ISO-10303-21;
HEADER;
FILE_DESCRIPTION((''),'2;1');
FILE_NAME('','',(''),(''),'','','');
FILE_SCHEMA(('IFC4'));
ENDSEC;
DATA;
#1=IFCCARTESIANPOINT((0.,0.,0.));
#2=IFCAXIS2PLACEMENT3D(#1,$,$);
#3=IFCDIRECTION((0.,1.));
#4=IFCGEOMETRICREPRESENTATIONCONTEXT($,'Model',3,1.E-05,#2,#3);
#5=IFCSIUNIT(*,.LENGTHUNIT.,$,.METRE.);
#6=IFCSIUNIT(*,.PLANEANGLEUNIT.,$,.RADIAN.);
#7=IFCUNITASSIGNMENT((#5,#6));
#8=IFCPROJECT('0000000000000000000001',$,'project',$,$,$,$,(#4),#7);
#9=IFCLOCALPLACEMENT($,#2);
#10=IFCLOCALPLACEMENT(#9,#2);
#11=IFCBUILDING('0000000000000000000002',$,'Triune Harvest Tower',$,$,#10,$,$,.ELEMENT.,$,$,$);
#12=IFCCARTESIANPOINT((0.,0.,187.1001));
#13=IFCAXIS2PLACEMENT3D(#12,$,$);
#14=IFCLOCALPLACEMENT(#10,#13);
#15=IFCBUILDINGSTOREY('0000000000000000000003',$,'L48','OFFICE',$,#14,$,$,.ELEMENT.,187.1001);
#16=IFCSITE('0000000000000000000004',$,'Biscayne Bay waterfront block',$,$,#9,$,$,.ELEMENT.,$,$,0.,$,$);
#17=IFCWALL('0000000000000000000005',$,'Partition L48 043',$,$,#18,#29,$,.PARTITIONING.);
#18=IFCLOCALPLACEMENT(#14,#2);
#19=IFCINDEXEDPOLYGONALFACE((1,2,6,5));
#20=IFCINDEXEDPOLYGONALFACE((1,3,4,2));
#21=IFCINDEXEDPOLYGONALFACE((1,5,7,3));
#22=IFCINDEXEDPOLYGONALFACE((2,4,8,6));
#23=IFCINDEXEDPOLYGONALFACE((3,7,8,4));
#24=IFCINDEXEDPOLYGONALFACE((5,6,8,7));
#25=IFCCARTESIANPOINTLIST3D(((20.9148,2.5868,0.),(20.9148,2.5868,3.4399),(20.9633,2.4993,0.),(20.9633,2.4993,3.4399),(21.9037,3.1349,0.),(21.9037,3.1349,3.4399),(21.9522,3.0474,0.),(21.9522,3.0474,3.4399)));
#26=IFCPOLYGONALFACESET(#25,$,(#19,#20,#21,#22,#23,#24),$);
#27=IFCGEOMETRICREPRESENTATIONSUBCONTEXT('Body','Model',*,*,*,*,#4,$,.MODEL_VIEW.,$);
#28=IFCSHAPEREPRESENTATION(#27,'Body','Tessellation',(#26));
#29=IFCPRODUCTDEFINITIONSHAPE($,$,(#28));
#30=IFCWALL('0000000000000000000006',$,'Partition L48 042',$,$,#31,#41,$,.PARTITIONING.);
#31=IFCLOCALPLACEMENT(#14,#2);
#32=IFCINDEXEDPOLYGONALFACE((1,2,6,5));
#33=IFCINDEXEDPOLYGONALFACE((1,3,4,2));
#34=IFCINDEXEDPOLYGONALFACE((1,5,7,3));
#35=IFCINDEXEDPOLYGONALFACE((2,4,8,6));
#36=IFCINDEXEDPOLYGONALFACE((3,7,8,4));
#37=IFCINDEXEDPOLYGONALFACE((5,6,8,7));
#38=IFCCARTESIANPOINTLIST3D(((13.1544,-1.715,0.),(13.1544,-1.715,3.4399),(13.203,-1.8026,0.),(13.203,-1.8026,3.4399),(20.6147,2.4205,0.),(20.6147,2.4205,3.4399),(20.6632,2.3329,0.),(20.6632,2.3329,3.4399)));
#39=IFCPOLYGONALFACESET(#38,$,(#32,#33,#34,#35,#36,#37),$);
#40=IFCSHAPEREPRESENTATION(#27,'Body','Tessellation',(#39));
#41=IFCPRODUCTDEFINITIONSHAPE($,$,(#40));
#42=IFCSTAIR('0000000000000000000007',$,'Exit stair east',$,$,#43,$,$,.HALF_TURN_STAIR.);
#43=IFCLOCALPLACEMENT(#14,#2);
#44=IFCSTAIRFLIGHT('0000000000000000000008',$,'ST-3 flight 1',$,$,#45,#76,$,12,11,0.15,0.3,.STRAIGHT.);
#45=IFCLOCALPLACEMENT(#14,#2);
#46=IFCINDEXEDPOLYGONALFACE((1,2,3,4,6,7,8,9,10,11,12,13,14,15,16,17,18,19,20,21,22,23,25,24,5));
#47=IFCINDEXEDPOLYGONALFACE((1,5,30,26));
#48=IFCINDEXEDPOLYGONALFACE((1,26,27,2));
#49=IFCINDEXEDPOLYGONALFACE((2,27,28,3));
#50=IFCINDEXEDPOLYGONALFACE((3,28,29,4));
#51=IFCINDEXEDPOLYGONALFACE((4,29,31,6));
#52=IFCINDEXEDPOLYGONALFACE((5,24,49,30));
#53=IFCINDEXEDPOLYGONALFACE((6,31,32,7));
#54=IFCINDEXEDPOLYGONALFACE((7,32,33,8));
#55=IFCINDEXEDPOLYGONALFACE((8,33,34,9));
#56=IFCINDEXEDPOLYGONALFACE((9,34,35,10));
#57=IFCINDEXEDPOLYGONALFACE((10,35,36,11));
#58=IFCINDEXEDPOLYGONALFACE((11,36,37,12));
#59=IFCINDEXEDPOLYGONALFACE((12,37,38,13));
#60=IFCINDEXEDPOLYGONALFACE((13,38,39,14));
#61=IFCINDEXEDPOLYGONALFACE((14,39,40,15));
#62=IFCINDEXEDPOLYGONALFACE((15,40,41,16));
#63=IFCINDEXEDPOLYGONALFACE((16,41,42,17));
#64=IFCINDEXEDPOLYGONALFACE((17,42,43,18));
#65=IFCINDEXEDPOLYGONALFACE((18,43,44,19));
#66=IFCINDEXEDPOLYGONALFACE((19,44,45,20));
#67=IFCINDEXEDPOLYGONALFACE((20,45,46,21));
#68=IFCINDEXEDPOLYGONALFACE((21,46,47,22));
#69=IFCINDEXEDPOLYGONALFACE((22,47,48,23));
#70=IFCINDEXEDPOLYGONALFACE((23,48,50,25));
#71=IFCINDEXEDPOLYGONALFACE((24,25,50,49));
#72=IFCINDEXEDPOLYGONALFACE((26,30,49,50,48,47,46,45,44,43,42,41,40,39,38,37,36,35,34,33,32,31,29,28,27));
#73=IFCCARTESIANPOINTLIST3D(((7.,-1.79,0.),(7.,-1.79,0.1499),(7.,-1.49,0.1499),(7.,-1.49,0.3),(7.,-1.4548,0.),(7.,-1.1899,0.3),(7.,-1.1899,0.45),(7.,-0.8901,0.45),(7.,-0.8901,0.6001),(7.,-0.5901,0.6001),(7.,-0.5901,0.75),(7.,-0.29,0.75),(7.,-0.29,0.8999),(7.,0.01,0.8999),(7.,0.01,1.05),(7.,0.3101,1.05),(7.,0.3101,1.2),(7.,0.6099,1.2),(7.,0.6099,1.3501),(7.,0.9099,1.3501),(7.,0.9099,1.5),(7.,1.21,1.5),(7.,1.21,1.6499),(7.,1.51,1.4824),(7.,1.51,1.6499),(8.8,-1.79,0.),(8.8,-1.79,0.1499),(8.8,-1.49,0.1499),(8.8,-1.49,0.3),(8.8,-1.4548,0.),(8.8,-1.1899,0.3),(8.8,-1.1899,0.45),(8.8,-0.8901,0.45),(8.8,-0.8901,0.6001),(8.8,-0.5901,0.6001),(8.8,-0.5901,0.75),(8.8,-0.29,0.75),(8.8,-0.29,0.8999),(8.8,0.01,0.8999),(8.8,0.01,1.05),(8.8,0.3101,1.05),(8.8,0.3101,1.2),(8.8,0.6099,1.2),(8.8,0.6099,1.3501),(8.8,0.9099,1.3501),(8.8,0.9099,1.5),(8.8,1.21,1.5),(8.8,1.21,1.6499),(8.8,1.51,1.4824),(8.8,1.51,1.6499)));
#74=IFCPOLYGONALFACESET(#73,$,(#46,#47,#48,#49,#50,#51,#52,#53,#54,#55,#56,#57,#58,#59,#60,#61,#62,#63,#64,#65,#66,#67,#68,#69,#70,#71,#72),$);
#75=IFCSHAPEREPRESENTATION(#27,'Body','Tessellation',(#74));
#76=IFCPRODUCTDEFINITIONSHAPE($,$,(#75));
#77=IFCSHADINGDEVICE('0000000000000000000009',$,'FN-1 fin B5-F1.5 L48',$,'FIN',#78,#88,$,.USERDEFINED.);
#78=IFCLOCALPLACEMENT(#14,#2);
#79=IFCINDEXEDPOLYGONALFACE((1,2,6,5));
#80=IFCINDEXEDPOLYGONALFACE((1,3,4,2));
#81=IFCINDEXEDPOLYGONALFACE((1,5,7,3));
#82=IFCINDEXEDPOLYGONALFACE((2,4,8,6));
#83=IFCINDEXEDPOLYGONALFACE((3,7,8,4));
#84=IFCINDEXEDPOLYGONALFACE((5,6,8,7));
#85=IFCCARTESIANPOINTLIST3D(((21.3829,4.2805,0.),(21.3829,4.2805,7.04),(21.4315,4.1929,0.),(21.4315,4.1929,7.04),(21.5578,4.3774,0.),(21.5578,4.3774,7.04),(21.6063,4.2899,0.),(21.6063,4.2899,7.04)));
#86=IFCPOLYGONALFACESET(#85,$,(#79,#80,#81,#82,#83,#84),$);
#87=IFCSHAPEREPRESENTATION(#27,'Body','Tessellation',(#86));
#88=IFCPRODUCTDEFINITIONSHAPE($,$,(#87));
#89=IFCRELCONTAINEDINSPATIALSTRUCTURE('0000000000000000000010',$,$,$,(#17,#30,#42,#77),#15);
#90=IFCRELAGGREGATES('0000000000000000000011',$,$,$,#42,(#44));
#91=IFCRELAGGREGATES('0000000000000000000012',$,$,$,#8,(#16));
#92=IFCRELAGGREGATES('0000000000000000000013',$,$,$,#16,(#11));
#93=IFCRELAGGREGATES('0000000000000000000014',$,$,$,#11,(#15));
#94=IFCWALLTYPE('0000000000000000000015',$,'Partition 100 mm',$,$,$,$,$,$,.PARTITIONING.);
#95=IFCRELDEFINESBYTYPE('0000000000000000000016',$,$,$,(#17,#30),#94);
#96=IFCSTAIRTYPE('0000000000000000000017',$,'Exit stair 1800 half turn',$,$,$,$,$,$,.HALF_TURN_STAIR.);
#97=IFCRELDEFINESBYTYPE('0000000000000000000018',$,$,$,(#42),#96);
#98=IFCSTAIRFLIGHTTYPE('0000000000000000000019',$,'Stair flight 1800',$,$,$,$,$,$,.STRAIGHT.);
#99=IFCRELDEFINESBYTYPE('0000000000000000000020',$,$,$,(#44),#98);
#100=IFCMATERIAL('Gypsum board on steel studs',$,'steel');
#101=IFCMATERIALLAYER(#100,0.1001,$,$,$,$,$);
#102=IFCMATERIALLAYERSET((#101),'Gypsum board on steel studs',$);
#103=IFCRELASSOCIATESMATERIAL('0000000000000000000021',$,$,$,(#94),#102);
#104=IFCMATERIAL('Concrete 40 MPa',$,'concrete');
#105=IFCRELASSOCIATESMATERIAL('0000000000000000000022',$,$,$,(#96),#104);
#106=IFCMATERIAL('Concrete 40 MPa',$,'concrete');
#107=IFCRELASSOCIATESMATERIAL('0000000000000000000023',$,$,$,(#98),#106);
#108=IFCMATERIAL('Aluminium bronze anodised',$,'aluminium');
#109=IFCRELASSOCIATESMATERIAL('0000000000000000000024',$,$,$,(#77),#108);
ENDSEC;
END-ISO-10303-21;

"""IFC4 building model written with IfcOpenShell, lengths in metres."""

from ifc_helpers import new_model, si_unit, direction, frame, frame_2d, origin, origin_2d, place, context, subcontext, project, spatial, polyline, rectangle, outline, extrude, source, transform, mapped, material, layer, layer_set, type_object, element, aggregate, save


model = new_model("IFC4")

# Units and contexts
model_context = context("Model", 3, precision=1e-05, world=origin(), true_north=direction((0.0, 1.0)))
body_context = subcontext(model_context, "Body", "Model", "MODEL_VIEW")
ifc_project = project(units=[si_unit("LENGTHUNIT", "METRE"), si_unit("PLANEANGLEUNIT", "RADIAN")], contexts=[model_context])

# Site, building, storey
site_placement = place(None, origin())
site = spatial("IfcSite", under=ifc_project, at=site_placement, Name="Biscayne Bay waterfront block", CompositionType="ELEMENT", RefElevation=0.0)
building_placement = place(site_placement, origin())
building = spatial("IfcBuilding", under=site, at=building_placement, Name="Triune Harvest Tower", CompositionType="ELEMENT")
storey_placement = place(building_placement, frame((0.0, 0.0, 187.1001)))
storey = spatial("IfcBuildingStorey", under=building, at=storey_placement, Name="L48", Description="OFFICE", CompositionType="ELEMENT", Elevation=187.1001)

# Walls
ifc_material_1 = material(Name="Gypsum board on steel studs", Category="steel")
ifc_layer_1 = layer(ifc_material_1, 0.1001)
ifc_layer_set_1 = layer_set([ifc_layer_1], Name="Gypsum board on steel studs")
wall_type_1 = type_object("IfcWallType", Name="Partition 100 mm", PredefinedType="PARTITIONING", material=ifc_layer_set_1)
shared_shape_1 = source(origin(), body_context, "Body", "SweptSolid", [
    extrude(rectangle(XDim=1.1306, YDim=0.1001, at=frame_2d((0.5654, 0.0))), origin(), (0.0, 0.0, 1.0), 3.4399),
])
wall_1_placement = place(storey_placement, frame((20.939, 2.543, 0.0), z_axis=(0.0, 0.0, 1.0), x_axis=(0.874615, 0.484818, 0.0)))
element("IfcWall", 1, at=wall_1_placement, inside=storey, type_object=wall_type_1, Name="Partition L48 043", PredefinedType="PARTITIONING", context=body_context, shape_type="MappedRepresentation", body=[
    mapped(shared_shape_1, transform((0.0, 0.0, 0.0), scale=1.0)),
])
shared_shape_2 = source(origin(), body_context, "Body", "SweptSolid", [
    extrude(rectangle(XDim=8.5298, YDim=0.1001, at=frame_2d((4.2649, 0.0))), origin(), (0.0, 0.0, 1.0), 3.4399),
])
wall_2_placement = place(storey_placement, frame((13.1787, -1.7588, 0.0), z_axis=(0.0, 0.0, 1.0), x_axis=(0.874608, 0.484831, 0.0)))
element("IfcWall", 2, at=wall_2_placement, inside=storey, type_object=wall_type_1, Name="Partition L48 042", PredefinedType="PARTITIONING", context=body_context, shape_type="MappedRepresentation", body=[
    mapped(shared_shape_2, transform((0.0, 0.0, 0.0), scale=1.0)),
])

# Stair, stair flight
ifc_material_2 = material(Name="Concrete 40 MPa", Category="concrete")
stair_type = type_object("IfcStairType", Name="Exit stair 1800 half turn", PredefinedType="HALF_TURN_STAIR", material=ifc_material_2)
stair_placement = place(storey_placement, origin())
stair = element("IfcStair", 3, at=stair_placement, inside=storey, type_object=stair_type, Name="Exit stair east", PredefinedType="HALF_TURN_STAIR")
ifc_material_3 = material(Name="Concrete 40 MPa", Category="concrete")
stair_flight_type = type_object("IfcStairFlightType", Name="Stair flight 1800", PredefinedType="STRAIGHT", material=ifc_material_3)
shared_shape_3 = source(origin(), body_context, "Body", "SweptSolid", [
    extrude(outline(polyline([(0.0, 0.0), (0.0, 0.1499), (0.3, 0.1499), (0.3, 0.3), (0.6001, 0.3), (0.6001, 0.45), (0.8999, 0.45), (0.8999, 0.6001), (1.2, 0.6001), (1.2, 0.75), (1.5, 0.75), (1.5, 0.8999), (1.8, 0.8999), (1.8, 1.05), (2.1001, 1.05), (2.1001, 1.2), (2.3999, 1.2), (2.3999, 1.3501), (2.7, 1.3501), (2.7, 1.5), (3.0, 1.5), (3.0, 1.6499), (3.3, 1.6499), (3.3, 1.8), (3.3, 1.4824), (0.3352, 0.0), (0.0, 0.0)])), frame((0.0, 0.8999, 0.0), z_axis=(0.0, -1.0, 0.0), x_axis=(1.0, 0.0, 0.0)), (0.0, 0.0, 1.0), 1.8),
])
stair_flight_placement = place(storey_placement, frame((7.8999, -1.79, 0.0), z_axis=(0.0, 0.0, 1.0), x_axis=(0.0, 1.0, 0.0)))
stair_flight = element("IfcStairFlight", 4, at=stair_flight_placement, type_object=stair_flight_type, Name="ST-3 flight 1", NumberOfRisers=12, NumberOfTreads=11, PredefinedType="STRAIGHT", RiserHeight=0.15, TreadLength=0.3, context=body_context, shape_type="MappedRepresentation", body=[
    mapped(shared_shape_3, transform((0.0, 0.0, 0.0), scale=1.0)),
])
aggregate(stair, [stair_flight])

# Shading device
ifc_material_4 = material(Name="Aluminium bronze anodised", Category="aluminium")
shared_shape_4 = source(origin(), body_context, "Body", "SweptSolid", [
    extrude(rectangle(XDim=0.1001, YDim=0.2, at=origin_2d()), origin(), (0.0, 0.0, 1.0), 7.04),
])
shading_device_placement = place(storey_placement, frame((21.4946, 4.2852, 0.0), z_axis=(0.0, 0.0, 1.0), x_axis=(-0.484808, 0.87462, 0.0)))
element("IfcShadingDevice", 5, at=shading_device_placement, inside=storey, material=ifc_material_4, Name="FN-1 fin B5-F1.5 L48", ObjectType="FIN", PredefinedType="USERDEFINED", context=body_context, shape_type="MappedRepresentation", body=[
    mapped(shared_shape_4, transform((0.0, 0.0, 0.0), scale=1.0)),
])

save(model, "model.ifc")
